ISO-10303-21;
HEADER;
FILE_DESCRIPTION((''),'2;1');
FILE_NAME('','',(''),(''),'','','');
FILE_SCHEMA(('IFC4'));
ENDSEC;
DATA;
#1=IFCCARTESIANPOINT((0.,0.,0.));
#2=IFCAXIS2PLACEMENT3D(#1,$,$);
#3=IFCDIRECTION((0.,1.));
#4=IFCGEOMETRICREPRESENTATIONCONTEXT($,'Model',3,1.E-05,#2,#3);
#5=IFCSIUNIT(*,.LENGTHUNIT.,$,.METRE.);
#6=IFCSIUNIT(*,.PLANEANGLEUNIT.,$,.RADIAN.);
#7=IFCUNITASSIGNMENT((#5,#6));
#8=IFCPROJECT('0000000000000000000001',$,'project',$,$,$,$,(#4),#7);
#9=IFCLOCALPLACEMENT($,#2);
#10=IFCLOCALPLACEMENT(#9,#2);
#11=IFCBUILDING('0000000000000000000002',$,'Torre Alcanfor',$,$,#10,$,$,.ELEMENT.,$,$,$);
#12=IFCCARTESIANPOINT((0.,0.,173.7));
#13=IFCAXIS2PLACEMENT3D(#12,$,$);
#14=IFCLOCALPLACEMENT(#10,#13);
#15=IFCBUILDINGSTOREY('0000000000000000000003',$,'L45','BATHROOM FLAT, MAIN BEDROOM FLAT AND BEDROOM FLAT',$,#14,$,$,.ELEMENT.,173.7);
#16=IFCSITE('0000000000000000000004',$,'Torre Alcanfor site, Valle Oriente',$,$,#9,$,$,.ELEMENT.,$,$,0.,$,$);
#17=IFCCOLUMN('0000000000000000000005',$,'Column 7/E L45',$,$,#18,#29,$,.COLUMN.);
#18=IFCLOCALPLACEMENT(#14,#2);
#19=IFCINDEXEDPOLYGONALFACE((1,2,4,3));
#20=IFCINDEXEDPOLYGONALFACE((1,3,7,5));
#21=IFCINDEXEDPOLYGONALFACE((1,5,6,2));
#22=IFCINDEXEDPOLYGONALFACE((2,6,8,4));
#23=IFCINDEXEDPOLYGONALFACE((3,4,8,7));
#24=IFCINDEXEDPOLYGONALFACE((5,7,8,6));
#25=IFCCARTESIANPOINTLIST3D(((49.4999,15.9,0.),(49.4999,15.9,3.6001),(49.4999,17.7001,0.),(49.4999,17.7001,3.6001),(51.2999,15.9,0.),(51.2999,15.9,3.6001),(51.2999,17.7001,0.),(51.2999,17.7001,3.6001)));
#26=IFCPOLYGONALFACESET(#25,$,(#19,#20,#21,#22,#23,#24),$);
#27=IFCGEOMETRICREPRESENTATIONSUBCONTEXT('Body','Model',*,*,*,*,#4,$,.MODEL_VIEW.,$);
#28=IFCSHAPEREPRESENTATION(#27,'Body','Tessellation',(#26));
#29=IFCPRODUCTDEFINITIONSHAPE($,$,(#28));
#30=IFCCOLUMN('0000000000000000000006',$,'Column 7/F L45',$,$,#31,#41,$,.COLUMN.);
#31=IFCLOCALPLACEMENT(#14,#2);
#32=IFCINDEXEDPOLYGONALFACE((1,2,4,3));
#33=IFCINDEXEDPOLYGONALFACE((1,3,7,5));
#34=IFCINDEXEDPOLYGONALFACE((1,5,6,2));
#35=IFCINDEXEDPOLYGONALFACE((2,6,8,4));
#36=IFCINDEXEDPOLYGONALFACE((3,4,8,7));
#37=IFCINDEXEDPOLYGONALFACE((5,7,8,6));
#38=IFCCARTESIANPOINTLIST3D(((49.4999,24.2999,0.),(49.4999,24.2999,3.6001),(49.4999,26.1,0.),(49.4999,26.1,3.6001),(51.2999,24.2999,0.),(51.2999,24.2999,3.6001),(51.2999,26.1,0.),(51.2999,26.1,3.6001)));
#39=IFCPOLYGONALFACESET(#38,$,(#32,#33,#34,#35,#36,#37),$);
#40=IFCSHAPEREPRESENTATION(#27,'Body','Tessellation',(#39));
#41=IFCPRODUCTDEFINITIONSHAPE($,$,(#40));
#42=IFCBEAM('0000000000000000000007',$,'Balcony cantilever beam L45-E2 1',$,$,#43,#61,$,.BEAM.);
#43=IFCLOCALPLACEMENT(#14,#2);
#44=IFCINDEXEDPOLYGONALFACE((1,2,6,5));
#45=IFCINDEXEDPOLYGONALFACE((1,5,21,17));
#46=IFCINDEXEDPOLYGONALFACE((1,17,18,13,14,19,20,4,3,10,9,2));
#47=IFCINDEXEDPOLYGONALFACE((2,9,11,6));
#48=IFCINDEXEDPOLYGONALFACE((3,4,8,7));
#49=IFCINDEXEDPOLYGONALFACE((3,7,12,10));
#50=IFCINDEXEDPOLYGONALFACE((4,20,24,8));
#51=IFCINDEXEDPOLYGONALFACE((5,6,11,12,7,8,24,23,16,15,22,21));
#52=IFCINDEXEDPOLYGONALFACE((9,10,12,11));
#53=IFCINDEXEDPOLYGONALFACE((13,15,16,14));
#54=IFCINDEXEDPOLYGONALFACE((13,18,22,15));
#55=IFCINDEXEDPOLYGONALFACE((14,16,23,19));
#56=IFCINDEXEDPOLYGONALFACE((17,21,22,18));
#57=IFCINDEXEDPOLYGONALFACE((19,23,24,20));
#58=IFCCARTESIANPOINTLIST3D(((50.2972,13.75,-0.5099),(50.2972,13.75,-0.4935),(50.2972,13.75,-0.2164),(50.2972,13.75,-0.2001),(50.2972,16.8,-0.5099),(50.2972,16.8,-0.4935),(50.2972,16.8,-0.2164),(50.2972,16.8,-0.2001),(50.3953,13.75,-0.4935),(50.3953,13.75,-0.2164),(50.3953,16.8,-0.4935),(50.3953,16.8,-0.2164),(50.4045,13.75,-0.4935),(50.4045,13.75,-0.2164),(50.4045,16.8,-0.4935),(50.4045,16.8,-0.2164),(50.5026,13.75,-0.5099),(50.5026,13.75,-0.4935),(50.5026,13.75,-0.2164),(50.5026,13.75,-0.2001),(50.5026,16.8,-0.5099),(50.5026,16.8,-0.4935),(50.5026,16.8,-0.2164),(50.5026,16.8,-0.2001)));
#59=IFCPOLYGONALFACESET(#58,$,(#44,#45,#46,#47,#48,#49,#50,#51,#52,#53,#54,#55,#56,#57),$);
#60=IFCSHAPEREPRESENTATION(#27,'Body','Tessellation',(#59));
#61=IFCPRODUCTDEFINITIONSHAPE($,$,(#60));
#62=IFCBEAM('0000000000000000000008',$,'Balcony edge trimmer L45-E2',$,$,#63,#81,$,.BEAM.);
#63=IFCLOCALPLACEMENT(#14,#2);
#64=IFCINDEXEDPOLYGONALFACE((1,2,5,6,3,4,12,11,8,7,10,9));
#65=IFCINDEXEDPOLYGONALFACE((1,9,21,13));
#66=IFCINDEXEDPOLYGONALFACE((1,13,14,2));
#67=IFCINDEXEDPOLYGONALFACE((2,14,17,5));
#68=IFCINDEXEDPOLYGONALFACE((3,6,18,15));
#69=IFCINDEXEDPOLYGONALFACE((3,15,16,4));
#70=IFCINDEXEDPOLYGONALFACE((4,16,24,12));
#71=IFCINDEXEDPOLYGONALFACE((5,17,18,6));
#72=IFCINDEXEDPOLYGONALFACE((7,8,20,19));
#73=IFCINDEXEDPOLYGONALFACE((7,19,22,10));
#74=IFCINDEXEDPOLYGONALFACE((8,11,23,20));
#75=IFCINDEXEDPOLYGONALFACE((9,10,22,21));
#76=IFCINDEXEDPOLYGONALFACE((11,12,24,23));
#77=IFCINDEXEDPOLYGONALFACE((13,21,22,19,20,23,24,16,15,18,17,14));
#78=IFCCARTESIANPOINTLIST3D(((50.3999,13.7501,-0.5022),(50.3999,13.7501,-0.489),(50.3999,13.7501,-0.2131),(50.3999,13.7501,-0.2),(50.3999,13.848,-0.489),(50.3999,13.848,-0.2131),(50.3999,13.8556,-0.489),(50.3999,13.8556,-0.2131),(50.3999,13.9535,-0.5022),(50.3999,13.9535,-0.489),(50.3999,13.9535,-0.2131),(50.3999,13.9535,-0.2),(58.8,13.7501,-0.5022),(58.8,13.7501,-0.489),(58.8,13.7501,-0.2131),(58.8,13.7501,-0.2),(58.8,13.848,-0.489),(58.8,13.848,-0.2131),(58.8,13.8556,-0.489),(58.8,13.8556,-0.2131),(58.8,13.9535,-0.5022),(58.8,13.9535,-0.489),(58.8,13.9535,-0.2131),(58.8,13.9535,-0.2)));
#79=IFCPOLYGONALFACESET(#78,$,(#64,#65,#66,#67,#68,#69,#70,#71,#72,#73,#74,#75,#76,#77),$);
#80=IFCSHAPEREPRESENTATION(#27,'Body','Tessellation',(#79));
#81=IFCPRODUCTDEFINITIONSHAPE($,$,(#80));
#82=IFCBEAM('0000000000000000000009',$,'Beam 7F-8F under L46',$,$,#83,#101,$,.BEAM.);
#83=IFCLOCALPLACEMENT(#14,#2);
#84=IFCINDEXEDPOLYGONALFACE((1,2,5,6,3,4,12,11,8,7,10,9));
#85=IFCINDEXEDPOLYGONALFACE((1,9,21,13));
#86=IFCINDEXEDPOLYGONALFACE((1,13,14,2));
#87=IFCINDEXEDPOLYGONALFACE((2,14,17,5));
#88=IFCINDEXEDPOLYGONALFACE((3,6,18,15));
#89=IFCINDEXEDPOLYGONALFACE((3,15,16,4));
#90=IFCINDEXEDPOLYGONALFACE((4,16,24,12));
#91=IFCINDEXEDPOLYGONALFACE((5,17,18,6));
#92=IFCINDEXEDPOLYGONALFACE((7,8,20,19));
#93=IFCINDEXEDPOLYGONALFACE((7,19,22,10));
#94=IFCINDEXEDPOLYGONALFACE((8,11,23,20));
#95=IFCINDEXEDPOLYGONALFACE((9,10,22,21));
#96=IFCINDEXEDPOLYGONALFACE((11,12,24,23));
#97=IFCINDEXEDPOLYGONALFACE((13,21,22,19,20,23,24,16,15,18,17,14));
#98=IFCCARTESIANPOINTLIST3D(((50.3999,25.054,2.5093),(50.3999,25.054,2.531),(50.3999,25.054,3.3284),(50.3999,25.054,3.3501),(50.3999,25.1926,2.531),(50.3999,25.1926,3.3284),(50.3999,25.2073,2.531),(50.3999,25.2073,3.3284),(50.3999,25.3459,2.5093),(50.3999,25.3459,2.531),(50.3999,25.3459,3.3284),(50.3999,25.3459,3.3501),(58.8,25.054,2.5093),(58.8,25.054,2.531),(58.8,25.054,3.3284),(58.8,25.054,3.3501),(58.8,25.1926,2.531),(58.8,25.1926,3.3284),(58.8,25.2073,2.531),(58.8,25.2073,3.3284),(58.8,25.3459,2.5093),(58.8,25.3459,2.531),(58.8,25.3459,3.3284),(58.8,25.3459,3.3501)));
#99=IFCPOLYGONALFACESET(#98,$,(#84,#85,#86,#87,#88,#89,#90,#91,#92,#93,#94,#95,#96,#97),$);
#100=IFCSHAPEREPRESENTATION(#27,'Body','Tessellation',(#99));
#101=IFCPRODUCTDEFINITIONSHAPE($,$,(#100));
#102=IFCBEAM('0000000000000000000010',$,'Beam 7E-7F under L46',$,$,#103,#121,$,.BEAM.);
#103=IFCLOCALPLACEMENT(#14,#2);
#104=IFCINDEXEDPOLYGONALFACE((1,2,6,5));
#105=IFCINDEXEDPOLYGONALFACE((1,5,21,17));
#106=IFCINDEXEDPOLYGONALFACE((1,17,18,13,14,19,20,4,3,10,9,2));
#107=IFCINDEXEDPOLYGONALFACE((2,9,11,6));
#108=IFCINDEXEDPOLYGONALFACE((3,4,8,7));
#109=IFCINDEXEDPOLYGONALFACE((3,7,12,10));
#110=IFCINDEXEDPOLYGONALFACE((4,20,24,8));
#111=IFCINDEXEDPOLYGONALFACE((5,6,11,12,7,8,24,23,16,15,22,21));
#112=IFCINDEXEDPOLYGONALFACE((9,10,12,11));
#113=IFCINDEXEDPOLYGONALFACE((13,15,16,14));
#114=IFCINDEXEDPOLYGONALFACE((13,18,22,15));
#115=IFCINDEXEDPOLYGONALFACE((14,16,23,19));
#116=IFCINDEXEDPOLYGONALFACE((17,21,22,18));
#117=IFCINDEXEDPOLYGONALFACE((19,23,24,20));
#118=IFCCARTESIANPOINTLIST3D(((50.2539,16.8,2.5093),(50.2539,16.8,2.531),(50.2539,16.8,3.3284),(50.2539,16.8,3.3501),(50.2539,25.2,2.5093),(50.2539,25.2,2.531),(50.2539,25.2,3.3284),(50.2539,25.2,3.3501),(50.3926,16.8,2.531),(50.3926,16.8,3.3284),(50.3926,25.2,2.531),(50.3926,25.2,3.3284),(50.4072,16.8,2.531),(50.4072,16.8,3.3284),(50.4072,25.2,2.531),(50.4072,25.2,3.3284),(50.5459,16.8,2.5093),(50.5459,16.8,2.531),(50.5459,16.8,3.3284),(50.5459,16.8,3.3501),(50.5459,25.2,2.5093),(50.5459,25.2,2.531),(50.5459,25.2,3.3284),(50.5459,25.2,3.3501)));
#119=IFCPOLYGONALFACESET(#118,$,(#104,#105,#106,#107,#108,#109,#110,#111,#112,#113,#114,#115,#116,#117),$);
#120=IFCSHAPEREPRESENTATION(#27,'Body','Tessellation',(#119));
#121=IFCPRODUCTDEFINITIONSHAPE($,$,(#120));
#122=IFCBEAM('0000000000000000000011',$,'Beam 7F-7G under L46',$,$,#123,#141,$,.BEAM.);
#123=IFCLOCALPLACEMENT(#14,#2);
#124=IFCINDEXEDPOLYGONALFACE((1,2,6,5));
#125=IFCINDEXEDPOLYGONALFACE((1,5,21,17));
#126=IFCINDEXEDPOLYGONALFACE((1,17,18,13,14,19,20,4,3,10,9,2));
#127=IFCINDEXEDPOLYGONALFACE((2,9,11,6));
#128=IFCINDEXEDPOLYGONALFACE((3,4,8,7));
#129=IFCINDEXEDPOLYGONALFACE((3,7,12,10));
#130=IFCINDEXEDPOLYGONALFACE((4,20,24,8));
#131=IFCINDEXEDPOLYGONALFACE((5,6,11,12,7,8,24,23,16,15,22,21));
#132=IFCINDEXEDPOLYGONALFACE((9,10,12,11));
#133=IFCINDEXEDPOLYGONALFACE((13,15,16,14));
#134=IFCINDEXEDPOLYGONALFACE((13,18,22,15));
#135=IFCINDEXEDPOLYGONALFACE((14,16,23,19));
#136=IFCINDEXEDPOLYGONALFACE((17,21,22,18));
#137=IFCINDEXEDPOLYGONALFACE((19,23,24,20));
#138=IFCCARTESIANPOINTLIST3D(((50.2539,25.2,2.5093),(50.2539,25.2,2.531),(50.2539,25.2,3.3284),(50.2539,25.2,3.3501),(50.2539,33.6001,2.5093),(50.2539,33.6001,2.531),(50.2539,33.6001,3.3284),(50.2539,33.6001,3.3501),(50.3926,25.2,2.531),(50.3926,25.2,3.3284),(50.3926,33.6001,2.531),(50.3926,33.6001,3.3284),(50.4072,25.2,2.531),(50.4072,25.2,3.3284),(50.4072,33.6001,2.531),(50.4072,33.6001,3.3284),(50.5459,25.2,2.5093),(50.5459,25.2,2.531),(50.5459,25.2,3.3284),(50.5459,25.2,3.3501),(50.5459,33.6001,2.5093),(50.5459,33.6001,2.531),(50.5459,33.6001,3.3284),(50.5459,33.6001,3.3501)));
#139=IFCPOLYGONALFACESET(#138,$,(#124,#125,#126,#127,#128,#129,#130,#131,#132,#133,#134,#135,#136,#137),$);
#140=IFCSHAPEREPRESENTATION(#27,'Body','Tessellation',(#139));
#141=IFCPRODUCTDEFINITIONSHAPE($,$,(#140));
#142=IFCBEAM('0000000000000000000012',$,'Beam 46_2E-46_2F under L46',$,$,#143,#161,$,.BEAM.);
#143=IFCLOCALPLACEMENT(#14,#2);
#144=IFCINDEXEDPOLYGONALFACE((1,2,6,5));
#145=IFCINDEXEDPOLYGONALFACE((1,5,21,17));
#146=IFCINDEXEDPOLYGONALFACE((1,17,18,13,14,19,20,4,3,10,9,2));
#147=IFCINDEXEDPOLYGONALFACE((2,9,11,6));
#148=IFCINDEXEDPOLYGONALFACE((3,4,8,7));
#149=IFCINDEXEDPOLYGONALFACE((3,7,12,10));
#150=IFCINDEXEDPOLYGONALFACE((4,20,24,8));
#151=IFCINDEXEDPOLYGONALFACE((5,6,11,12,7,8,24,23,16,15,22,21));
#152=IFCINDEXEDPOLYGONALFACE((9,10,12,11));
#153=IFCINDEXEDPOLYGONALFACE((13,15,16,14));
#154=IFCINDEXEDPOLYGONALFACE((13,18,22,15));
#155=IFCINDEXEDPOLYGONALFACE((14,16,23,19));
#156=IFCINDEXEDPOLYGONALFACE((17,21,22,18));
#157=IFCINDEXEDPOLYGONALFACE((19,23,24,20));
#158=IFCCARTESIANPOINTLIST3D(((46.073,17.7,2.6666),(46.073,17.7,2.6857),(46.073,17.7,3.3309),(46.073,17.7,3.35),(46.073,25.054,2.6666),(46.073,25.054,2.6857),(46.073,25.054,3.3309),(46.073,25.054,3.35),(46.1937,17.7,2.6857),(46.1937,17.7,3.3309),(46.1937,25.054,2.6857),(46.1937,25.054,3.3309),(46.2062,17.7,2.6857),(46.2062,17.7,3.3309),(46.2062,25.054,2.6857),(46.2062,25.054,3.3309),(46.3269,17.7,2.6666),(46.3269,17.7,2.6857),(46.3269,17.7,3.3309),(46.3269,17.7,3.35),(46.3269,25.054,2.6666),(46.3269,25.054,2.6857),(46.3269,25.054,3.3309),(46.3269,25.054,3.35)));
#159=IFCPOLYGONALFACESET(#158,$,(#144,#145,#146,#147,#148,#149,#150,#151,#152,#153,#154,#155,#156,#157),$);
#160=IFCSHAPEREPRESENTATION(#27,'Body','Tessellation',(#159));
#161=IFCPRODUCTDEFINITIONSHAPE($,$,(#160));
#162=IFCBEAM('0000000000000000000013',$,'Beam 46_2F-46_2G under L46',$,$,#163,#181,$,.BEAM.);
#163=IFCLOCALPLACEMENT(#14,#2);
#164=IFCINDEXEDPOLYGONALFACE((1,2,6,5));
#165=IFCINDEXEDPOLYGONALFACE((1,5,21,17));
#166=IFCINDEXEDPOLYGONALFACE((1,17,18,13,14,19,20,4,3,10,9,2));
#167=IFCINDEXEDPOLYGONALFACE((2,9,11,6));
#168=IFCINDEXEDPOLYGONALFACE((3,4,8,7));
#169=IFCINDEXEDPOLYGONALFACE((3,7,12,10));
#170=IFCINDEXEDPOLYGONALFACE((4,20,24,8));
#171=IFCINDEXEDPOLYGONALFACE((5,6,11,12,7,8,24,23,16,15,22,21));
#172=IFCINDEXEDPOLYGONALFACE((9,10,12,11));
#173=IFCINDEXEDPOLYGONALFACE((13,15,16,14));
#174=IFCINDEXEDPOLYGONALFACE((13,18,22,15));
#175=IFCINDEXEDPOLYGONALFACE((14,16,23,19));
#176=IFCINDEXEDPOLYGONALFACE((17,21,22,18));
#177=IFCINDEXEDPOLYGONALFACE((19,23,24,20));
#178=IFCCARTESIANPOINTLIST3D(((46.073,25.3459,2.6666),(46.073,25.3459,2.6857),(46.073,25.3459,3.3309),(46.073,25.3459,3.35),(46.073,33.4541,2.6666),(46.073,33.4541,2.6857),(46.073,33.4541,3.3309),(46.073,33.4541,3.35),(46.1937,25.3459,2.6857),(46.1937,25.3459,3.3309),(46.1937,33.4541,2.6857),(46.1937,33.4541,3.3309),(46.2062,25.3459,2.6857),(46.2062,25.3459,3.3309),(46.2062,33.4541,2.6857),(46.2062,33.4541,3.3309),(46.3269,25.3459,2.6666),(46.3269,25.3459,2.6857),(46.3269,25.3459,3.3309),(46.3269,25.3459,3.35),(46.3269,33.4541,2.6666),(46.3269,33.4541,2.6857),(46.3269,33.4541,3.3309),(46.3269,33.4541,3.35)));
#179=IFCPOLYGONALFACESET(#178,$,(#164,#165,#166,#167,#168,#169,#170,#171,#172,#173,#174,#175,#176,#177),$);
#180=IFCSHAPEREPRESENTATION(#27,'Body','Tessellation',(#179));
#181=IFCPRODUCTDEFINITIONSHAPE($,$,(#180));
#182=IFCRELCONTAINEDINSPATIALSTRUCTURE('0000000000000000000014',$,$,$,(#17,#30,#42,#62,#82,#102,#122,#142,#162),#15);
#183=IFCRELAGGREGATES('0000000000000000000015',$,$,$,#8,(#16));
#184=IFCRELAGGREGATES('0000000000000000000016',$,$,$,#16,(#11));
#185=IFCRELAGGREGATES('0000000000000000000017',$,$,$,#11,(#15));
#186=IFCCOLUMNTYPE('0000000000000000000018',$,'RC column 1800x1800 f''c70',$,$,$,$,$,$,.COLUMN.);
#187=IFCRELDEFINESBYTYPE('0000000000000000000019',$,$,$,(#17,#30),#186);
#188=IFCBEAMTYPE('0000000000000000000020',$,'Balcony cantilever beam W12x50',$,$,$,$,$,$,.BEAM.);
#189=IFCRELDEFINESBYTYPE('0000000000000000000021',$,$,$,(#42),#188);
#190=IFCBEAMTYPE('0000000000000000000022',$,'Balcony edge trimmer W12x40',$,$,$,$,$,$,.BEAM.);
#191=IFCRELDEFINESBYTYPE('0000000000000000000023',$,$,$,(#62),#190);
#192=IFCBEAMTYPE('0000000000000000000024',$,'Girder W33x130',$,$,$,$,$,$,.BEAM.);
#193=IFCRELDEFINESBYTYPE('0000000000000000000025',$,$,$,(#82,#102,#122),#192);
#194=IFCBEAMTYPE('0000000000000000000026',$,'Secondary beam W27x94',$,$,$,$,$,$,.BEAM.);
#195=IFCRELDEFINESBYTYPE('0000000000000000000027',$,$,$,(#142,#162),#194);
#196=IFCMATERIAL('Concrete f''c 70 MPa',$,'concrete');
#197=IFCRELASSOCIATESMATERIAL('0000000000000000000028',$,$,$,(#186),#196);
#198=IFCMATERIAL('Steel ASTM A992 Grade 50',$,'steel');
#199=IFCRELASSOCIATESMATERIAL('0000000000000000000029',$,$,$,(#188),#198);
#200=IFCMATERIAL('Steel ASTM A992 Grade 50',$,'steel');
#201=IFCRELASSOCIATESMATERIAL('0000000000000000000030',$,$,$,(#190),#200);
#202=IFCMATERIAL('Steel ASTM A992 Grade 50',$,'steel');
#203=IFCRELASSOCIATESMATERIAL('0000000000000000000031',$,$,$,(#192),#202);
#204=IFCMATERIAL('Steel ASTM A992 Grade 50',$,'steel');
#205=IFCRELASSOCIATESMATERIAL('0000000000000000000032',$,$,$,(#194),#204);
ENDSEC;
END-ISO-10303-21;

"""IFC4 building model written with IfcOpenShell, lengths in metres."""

from ifc_helpers import new_model, si_unit, direction, frame, origin, origin_2d, place, context, subcontext, project, spatial, rectangle, i_section, extrude, material, material_profile, profile_set, type_object, element, save


model = new_model("IFC4")

# Units and contexts
model_context = context("Model", 3, precision=1e-05, world=origin(), true_north=direction((0.0, 1.0)))
body_context = subcontext(model_context, "Body", "Model", "MODEL_VIEW")
ifc_project = project(units=[si_unit("LENGTHUNIT", "METRE"), si_unit("PLANEANGLEUNIT", "RADIAN")], contexts=[model_context])

# Site, building, storey
site_placement = place(None, origin())
site = spatial("IfcSite", under=ifc_project, at=site_placement, Name="Torre Alcanfor site, Valle Oriente", CompositionType="ELEMENT", RefElevation=0.0)
building_placement = place(site_placement, origin())
building = spatial("IfcBuilding", under=site, at=building_placement, Name="Torre Alcanfor", CompositionType="ELEMENT")
storey_placement = place(building_placement, frame((0.0, 0.0, 173.7)))
storey = spatial("IfcBuildingStorey", under=building, at=storey_placement, Name="L45", Description="BATHROOM FLAT, MAIN BEDROOM FLAT AND BEDROOM FLAT", CompositionType="ELEMENT", Elevation=173.7)

# Columns
ifc_material_1 = material(Name="Concrete f'c 70 MPa", Category="concrete")
ifc_material_profile_1 = material_profile(ifc_material_1, rectangle(XDim=1.8, YDim=1.8, at=origin_2d()), Name="1800x1800")
ifc_profile_set_1 = profile_set([ifc_material_profile_1], Name="Concrete f'c 70 MPa")
column_type = type_object("IfcColumnType", Name="RC column 1800x1800 f'c70", PredefinedType="COLUMN", material=ifc_profile_set_1)
for number, where, z_axis, x_axis, name in (
    (1, (50.3999, 16.8, 0.0), (0.0, 0.0, 1.0), (1.0, 0.0, 0.0), "Column 7/E L45"),
    (2, (50.3999, 25.2, 0.0), (0.0, 0.0, 1.0), (1.0, 0.0, 0.0), "Column 7/F L45"),
):
    element("IfcColumn", number, at=place(storey_placement, frame(where, z_axis=z_axis, x_axis=x_axis)), inside=storey, type_object=column_type, Name=name, PredefinedType="COLUMN", context=body_context, shape_type="SweptSolid", body=[
        extrude(rectangle(XDim=1.8, YDim=1.8, at=origin_2d()), origin(), (0.0, 0.0, 1.0), 3.6001),
    ])

# Beams
ifc_material_2 = material(Name="Steel ASTM A992 Grade 50", Category="steel")
ifc_material_profile_2 = material_profile(ifc_material_2, i_section(OverallWidth=0.2053, OverallDepth=0.3098, WebThickness=0.0093, FlangeThickness=0.0164, at=origin_2d()), Name="W12x50")
ifc_profile_set_2 = profile_set([ifc_material_profile_2], Name="Steel ASTM A992 Grade 50")
beam_type_1 = type_object("IfcBeamType", Name="Balcony cantilever beam W12x50", PredefinedType="BEAM", material=ifc_profile_set_2)
beam_1_placement = place(storey_placement, frame((50.3999, 16.8, -0.355), z_axis=(0.0, -1.0, 0.0), x_axis=(1.0, 0.0, 0.0)))
element("IfcBeam", 3, at=beam_1_placement, inside=storey, type_object=beam_type_1, Name="Balcony cantilever beam L45-E2 1", PredefinedType="BEAM", context=body_context, shape_type="SweptSolid", body=[
    extrude(i_section(OverallWidth=0.2053, OverallDepth=0.3098, WebThickness=0.0093, FlangeThickness=0.0164, at=origin_2d()), origin(), (0.0, 0.0, 1.0), 3.05),
])
ifc_material_3 = material(Name="Steel ASTM A992 Grade 50", Category="steel")
ifc_material_profile_3 = material_profile(ifc_material_3, i_section(OverallWidth=0.2034, OverallDepth=0.3022, WebThickness=0.0076, FlangeThickness=0.0132, at=origin_2d()), Name="W12x40")
ifc_profile_set_3 = profile_set([ifc_material_profile_3], Name="Steel ASTM A992 Grade 50")
beam_type_2 = type_object("IfcBeamType", Name="Balcony edge trimmer W12x40", PredefinedType="BEAM", material=ifc_profile_set_3)
beam_2_placement = place(storey_placement, frame((50.3999, 13.8518, -0.3511), z_axis=(1.0, 0.0, 0.0), x_axis=(0.0, 1.0, 0.0)))
element("IfcBeam", 4, at=beam_2_placement, inside=storey, type_object=beam_type_2, Name="Balcony edge trimmer L45-E2", PredefinedType="BEAM", context=body_context, shape_type="SweptSolid", body=[
    extrude(i_section(OverallWidth=0.2034, OverallDepth=0.3022, WebThickness=0.0076, FlangeThickness=0.0132, at=origin_2d()), origin(), (0.0, 0.0, 1.0), 8.4001),
])
ifc_material_4 = material(Name="Steel ASTM A992 Grade 50", Category="steel")
ifc_material_profile_4 = material_profile(ifc_material_4, i_section(OverallWidth=0.292, OverallDepth=0.8408, WebThickness=0.0146, FlangeThickness=0.0217, at=origin_2d()), Name="W33x130")
ifc_profile_set_4 = profile_set([ifc_material_profile_4], Name="Steel ASTM A992 Grade 50")
beam_type_3 = type_object("IfcBeamType", Name="Girder W33x130", PredefinedType="BEAM", material=ifc_profile_set_4)
beam_3_placement = place(storey_placement, frame((50.3999, 25.2, 2.9297), z_axis=(1.0, 0.0, 0.0), x_axis=(0.0, 1.0, 0.0)))
element("IfcBeam", 5, at=beam_3_placement, inside=storey, type_object=beam_type_3, Name="Beam 7F-8F under L46", PredefinedType="BEAM", context=body_context, shape_type="SweptSolid", body=[
    extrude(i_section(OverallWidth=0.292, OverallDepth=0.8408, WebThickness=0.0146, FlangeThickness=0.0217, at=origin_2d()), origin(), (0.0, 0.0, 1.0), 8.4001),
])
beam_4_placement = place(storey_placement, frame((50.3999, 16.8, 2.9297), z_axis=(0.0, 1.0, 0.0), x_axis=(-1.0, 0.0, 0.0)))
element("IfcBeam", 6, at=beam_4_placement, inside=storey, type_object=beam_type_3, Name="Beam 7E-7F under L46", PredefinedType="BEAM", context=body_context, shape_type="SweptSolid", body=[
    extrude(i_section(OverallWidth=0.292, OverallDepth=0.8408, WebThickness=0.0146, FlangeThickness=0.0217, at=origin_2d()), origin(), (0.0, 0.0, 1.0), 8.3999),
])
beam_5_placement = place(storey_placement, frame((50.3999, 25.2, 2.9297), z_axis=(0.0, 1.0, 0.0), x_axis=(-1.0, 0.0, 0.0)))
element("IfcBeam", 7, at=beam_5_placement, inside=storey, type_object=beam_type_3, Name="Beam 7F-7G under L46", PredefinedType="BEAM", context=body_context, shape_type="SweptSolid", body=[
    extrude(i_section(OverallWidth=0.292, OverallDepth=0.8408, WebThickness=0.0146, FlangeThickness=0.0217, at=origin_2d()), origin(), (0.0, 0.0, 1.0), 8.4001),
])
ifc_material_5 = material(Name="Steel ASTM A992 Grade 50", Category="steel")
ifc_material_profile_5 = material_profile(ifc_material_5, i_section(OverallWidth=0.2539, OverallDepth=0.6833, WebThickness=0.0125, FlangeThickness=0.019, at=origin_2d()), Name="W27x94")
ifc_profile_set_5 = profile_set([ifc_material_profile_5], Name="Steel ASTM A992 Grade 50")
beam_type_4 = type_object("IfcBeamType", Name="Secondary beam W27x94", PredefinedType="BEAM", material=ifc_profile_set_5)
beam_6_placement = place(storey_placement, frame((46.2, 17.7, 3.0083), z_axis=(0.0, 1.0, 0.0), x_axis=(-1.0, 0.0, 0.0)))
element("IfcBeam", 8, at=beam_6_placement, inside=storey, type_object=beam_type_4, Name="Beam 46_2E-46_2F under L46", PredefinedType="BEAM", context=body_context, shape_type="SweptSolid", body=[
    extrude(i_section(OverallWidth=0.2539, OverallDepth=0.6833, WebThickness=0.0125, FlangeThickness=0.019, at=origin_2d()), origin(), (0.0, 0.0, 1.0), 7.354),
])
beam_7_placement = place(storey_placement, frame((46.2, 25.3459, 3.0083), z_axis=(0.0, 1.0, 0.0), x_axis=(-1.0, 0.0, 0.0)))
element("IfcBeam", 9, at=beam_7_placement, inside=storey, type_object=beam_type_4, Name="Beam 46_2F-46_2G under L46", PredefinedType="BEAM", context=body_context, shape_type="SweptSolid", body=[
    extrude(i_section(OverallWidth=0.2539, OverallDepth=0.6833, WebThickness=0.0125, FlangeThickness=0.019, at=origin_2d()), origin(), (0.0, 0.0, 1.0), 8.1082),
])

save(model, "model.ifc")
